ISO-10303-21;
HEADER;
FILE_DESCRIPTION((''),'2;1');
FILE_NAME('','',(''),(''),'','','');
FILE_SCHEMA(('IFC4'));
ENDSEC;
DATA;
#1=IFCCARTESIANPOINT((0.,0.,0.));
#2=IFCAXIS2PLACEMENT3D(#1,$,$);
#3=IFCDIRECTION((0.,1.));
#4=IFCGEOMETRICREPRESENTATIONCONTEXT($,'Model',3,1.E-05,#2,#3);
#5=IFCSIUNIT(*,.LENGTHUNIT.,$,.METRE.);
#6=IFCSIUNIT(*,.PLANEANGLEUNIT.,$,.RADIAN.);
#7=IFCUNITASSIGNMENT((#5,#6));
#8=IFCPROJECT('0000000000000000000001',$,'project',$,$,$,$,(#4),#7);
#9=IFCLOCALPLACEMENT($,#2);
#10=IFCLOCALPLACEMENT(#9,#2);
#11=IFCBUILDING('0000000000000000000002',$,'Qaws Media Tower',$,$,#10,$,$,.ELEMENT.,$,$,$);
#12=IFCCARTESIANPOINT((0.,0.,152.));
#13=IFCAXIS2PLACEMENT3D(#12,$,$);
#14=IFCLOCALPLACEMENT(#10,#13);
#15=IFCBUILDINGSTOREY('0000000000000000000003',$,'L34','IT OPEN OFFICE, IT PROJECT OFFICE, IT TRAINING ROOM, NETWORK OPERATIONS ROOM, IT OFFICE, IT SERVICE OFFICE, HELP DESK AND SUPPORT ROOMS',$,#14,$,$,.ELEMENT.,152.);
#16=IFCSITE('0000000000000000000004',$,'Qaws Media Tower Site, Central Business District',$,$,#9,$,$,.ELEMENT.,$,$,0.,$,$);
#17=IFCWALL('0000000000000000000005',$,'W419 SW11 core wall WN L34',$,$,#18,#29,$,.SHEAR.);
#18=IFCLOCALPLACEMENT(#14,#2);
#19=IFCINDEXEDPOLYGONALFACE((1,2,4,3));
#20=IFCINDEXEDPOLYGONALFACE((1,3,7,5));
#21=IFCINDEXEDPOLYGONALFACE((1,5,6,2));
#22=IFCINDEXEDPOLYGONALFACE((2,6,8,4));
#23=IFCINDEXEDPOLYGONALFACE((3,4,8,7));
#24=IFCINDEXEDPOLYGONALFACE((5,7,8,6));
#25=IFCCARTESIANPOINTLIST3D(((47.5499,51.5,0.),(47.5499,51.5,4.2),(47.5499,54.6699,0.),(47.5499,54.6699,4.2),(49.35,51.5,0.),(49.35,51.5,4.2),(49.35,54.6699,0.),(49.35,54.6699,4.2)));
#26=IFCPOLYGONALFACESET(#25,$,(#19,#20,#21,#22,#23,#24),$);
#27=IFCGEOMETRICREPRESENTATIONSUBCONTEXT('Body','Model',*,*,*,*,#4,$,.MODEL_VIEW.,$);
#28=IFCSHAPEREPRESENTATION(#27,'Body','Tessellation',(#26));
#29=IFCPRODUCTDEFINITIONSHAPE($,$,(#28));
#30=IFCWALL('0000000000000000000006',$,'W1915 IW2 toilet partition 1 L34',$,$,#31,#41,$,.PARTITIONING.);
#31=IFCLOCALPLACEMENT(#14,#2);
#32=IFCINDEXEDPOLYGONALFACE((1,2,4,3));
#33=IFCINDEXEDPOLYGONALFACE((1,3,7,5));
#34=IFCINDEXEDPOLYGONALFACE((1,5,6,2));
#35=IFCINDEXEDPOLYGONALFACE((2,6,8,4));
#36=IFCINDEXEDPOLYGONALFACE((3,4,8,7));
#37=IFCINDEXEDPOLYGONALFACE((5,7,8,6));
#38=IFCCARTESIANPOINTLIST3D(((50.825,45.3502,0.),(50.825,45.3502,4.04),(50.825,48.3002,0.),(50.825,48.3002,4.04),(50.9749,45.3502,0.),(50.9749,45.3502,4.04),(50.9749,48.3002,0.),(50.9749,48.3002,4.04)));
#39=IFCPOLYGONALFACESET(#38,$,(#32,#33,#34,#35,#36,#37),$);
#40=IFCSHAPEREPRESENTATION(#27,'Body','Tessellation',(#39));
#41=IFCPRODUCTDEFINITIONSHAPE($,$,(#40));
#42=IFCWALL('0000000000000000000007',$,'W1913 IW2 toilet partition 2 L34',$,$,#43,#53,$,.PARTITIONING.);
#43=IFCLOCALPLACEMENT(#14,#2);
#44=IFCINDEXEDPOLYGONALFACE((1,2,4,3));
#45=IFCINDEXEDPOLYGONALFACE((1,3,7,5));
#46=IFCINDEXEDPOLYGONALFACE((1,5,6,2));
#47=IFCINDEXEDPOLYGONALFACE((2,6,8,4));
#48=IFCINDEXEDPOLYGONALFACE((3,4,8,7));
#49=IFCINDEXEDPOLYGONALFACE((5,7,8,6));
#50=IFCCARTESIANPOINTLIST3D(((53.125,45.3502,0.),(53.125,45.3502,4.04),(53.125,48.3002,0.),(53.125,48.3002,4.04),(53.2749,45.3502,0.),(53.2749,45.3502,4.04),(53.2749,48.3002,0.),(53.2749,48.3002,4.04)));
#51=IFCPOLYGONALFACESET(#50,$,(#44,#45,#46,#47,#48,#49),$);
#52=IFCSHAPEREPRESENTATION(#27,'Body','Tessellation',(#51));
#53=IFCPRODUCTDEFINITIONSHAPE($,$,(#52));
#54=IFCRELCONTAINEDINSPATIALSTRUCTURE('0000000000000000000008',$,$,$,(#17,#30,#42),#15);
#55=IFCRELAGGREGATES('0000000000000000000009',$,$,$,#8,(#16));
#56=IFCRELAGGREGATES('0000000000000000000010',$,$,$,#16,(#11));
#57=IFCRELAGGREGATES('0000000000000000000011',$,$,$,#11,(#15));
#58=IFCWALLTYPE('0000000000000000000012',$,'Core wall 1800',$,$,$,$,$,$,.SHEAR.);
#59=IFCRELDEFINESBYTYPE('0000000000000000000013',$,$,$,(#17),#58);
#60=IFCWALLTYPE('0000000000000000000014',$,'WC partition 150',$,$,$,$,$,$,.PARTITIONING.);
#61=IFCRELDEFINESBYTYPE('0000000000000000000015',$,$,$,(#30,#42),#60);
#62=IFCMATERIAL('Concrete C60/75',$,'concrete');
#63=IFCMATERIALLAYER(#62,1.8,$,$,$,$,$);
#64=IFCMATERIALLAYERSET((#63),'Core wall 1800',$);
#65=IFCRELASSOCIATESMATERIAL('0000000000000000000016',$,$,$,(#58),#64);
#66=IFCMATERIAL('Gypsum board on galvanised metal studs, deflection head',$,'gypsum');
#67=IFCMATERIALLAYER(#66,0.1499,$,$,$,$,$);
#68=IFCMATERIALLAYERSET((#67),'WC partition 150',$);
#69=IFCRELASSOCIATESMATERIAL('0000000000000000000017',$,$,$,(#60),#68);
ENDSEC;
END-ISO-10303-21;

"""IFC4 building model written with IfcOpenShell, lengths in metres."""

from ifc_helpers import new_model, si_unit, direction, frame, frame_2d, origin, place, context, subcontext, project, spatial, rectangle, extrude, material, layer, layer_set, type_object, element, save


model = new_model("IFC4")

# Units and contexts
model_context = context("Model", 3, precision=1e-05, world=origin(), true_north=direction((0.0, 1.0)))
body_context = subcontext(model_context, "Body", "Model", "MODEL_VIEW")
ifc_project = project(units=[si_unit("LENGTHUNIT", "METRE"), si_unit("PLANEANGLEUNIT", "RADIAN")], contexts=[model_context])

# Site, building, storey
site_placement = place(None, origin())
site = spatial("IfcSite", under=ifc_project, at=site_placement, Name="Qaws Media Tower Site, Central Business District", CompositionType="ELEMENT", RefElevation=0.0)
building_placement = place(site_placement, origin())
building = spatial("IfcBuilding", under=site, at=building_placement, Name="Qaws Media Tower", CompositionType="ELEMENT")
storey_placement = place(building_placement, frame((0.0, 0.0, 152.0)))
storey = spatial("IfcBuildingStorey", under=building, at=storey_placement, Name="L34", Description="IT OPEN OFFICE, IT PROJECT OFFICE, IT TRAINING ROOM, NETWORK OPERATIONS ROOM, IT OFFICE, IT SERVICE OFFICE, HELP DESK AND SUPPORT ROOMS", CompositionType="ELEMENT", Elevation=152.0)

# Shared definitions
ifc_material_1 = material(Name="Concrete C60/75", Category="concrete")
ifc_layer_1 = layer(ifc_material_1, 1.8)
ifc_layer_set_1 = layer_set([ifc_layer_1], Name="Core wall 1800")
wall_type_1 = type_object("IfcWallType", Name="Core wall 1800", PredefinedType="SHEAR", material=ifc_layer_set_1)

# Walls
wall_1_placement = place(storey_placement, frame((48.45, 51.5, 0.0), z_axis=(0.0, 0.0, 1.0), x_axis=(0.0, 1.0, 0.0)))
element("IfcWall", 1, at=wall_1_placement, inside=storey, type_object=wall_type_1, Name="W419 SW11 core wall WN L34", PredefinedType="SHEAR", context=body_context, shape_type="SweptSolid", body=[
    extrude(rectangle(XDim=3.1699, YDim=1.8, at=frame_2d((1.585, 0.0))), origin(), (0.0, 0.0, 1.0), 4.2),
])
ifc_material_2 = material(Name="Gypsum board on galvanised metal studs, deflection head", Category="gypsum")
ifc_layer_2 = layer(ifc_material_2, 0.1499)
ifc_layer_set_2 = layer_set([ifc_layer_2], Name="WC partition 150")
wall_type_2 = type_object("IfcWallType", Name="WC partition 150", PredefinedType="PARTITIONING", material=ifc_layer_set_2)
for number, where, z_axis, x_axis, name in (
    (2, (50.8999, 45.3501, 0.0), (0.0, 0.0, 1.0), (0.0, 1.0, 0.0), "W1915 IW2 toilet partition 1 L34"),
    (3, (53.2, 45.3501, 0.0), (0.0, 0.0, 1.0), (0.0, 1.0, 0.0), "W1913 IW2 toilet partition 2 L34"),
):
    element("IfcWall", number, at=place(storey_placement, frame(where, z_axis=z_axis, x_axis=x_axis)), inside=storey, type_object=wall_type_2, Name=name, PredefinedType="PARTITIONING", context=body_context, shape_type="SweptSolid", body=[
        extrude(rectangle(XDim=2.95, YDim=0.1499, at=frame_2d((1.4751, 0.0))), origin(), (0.0, 0.0, 1.0), 4.04),
    ])

save(model, "model.ifc")
